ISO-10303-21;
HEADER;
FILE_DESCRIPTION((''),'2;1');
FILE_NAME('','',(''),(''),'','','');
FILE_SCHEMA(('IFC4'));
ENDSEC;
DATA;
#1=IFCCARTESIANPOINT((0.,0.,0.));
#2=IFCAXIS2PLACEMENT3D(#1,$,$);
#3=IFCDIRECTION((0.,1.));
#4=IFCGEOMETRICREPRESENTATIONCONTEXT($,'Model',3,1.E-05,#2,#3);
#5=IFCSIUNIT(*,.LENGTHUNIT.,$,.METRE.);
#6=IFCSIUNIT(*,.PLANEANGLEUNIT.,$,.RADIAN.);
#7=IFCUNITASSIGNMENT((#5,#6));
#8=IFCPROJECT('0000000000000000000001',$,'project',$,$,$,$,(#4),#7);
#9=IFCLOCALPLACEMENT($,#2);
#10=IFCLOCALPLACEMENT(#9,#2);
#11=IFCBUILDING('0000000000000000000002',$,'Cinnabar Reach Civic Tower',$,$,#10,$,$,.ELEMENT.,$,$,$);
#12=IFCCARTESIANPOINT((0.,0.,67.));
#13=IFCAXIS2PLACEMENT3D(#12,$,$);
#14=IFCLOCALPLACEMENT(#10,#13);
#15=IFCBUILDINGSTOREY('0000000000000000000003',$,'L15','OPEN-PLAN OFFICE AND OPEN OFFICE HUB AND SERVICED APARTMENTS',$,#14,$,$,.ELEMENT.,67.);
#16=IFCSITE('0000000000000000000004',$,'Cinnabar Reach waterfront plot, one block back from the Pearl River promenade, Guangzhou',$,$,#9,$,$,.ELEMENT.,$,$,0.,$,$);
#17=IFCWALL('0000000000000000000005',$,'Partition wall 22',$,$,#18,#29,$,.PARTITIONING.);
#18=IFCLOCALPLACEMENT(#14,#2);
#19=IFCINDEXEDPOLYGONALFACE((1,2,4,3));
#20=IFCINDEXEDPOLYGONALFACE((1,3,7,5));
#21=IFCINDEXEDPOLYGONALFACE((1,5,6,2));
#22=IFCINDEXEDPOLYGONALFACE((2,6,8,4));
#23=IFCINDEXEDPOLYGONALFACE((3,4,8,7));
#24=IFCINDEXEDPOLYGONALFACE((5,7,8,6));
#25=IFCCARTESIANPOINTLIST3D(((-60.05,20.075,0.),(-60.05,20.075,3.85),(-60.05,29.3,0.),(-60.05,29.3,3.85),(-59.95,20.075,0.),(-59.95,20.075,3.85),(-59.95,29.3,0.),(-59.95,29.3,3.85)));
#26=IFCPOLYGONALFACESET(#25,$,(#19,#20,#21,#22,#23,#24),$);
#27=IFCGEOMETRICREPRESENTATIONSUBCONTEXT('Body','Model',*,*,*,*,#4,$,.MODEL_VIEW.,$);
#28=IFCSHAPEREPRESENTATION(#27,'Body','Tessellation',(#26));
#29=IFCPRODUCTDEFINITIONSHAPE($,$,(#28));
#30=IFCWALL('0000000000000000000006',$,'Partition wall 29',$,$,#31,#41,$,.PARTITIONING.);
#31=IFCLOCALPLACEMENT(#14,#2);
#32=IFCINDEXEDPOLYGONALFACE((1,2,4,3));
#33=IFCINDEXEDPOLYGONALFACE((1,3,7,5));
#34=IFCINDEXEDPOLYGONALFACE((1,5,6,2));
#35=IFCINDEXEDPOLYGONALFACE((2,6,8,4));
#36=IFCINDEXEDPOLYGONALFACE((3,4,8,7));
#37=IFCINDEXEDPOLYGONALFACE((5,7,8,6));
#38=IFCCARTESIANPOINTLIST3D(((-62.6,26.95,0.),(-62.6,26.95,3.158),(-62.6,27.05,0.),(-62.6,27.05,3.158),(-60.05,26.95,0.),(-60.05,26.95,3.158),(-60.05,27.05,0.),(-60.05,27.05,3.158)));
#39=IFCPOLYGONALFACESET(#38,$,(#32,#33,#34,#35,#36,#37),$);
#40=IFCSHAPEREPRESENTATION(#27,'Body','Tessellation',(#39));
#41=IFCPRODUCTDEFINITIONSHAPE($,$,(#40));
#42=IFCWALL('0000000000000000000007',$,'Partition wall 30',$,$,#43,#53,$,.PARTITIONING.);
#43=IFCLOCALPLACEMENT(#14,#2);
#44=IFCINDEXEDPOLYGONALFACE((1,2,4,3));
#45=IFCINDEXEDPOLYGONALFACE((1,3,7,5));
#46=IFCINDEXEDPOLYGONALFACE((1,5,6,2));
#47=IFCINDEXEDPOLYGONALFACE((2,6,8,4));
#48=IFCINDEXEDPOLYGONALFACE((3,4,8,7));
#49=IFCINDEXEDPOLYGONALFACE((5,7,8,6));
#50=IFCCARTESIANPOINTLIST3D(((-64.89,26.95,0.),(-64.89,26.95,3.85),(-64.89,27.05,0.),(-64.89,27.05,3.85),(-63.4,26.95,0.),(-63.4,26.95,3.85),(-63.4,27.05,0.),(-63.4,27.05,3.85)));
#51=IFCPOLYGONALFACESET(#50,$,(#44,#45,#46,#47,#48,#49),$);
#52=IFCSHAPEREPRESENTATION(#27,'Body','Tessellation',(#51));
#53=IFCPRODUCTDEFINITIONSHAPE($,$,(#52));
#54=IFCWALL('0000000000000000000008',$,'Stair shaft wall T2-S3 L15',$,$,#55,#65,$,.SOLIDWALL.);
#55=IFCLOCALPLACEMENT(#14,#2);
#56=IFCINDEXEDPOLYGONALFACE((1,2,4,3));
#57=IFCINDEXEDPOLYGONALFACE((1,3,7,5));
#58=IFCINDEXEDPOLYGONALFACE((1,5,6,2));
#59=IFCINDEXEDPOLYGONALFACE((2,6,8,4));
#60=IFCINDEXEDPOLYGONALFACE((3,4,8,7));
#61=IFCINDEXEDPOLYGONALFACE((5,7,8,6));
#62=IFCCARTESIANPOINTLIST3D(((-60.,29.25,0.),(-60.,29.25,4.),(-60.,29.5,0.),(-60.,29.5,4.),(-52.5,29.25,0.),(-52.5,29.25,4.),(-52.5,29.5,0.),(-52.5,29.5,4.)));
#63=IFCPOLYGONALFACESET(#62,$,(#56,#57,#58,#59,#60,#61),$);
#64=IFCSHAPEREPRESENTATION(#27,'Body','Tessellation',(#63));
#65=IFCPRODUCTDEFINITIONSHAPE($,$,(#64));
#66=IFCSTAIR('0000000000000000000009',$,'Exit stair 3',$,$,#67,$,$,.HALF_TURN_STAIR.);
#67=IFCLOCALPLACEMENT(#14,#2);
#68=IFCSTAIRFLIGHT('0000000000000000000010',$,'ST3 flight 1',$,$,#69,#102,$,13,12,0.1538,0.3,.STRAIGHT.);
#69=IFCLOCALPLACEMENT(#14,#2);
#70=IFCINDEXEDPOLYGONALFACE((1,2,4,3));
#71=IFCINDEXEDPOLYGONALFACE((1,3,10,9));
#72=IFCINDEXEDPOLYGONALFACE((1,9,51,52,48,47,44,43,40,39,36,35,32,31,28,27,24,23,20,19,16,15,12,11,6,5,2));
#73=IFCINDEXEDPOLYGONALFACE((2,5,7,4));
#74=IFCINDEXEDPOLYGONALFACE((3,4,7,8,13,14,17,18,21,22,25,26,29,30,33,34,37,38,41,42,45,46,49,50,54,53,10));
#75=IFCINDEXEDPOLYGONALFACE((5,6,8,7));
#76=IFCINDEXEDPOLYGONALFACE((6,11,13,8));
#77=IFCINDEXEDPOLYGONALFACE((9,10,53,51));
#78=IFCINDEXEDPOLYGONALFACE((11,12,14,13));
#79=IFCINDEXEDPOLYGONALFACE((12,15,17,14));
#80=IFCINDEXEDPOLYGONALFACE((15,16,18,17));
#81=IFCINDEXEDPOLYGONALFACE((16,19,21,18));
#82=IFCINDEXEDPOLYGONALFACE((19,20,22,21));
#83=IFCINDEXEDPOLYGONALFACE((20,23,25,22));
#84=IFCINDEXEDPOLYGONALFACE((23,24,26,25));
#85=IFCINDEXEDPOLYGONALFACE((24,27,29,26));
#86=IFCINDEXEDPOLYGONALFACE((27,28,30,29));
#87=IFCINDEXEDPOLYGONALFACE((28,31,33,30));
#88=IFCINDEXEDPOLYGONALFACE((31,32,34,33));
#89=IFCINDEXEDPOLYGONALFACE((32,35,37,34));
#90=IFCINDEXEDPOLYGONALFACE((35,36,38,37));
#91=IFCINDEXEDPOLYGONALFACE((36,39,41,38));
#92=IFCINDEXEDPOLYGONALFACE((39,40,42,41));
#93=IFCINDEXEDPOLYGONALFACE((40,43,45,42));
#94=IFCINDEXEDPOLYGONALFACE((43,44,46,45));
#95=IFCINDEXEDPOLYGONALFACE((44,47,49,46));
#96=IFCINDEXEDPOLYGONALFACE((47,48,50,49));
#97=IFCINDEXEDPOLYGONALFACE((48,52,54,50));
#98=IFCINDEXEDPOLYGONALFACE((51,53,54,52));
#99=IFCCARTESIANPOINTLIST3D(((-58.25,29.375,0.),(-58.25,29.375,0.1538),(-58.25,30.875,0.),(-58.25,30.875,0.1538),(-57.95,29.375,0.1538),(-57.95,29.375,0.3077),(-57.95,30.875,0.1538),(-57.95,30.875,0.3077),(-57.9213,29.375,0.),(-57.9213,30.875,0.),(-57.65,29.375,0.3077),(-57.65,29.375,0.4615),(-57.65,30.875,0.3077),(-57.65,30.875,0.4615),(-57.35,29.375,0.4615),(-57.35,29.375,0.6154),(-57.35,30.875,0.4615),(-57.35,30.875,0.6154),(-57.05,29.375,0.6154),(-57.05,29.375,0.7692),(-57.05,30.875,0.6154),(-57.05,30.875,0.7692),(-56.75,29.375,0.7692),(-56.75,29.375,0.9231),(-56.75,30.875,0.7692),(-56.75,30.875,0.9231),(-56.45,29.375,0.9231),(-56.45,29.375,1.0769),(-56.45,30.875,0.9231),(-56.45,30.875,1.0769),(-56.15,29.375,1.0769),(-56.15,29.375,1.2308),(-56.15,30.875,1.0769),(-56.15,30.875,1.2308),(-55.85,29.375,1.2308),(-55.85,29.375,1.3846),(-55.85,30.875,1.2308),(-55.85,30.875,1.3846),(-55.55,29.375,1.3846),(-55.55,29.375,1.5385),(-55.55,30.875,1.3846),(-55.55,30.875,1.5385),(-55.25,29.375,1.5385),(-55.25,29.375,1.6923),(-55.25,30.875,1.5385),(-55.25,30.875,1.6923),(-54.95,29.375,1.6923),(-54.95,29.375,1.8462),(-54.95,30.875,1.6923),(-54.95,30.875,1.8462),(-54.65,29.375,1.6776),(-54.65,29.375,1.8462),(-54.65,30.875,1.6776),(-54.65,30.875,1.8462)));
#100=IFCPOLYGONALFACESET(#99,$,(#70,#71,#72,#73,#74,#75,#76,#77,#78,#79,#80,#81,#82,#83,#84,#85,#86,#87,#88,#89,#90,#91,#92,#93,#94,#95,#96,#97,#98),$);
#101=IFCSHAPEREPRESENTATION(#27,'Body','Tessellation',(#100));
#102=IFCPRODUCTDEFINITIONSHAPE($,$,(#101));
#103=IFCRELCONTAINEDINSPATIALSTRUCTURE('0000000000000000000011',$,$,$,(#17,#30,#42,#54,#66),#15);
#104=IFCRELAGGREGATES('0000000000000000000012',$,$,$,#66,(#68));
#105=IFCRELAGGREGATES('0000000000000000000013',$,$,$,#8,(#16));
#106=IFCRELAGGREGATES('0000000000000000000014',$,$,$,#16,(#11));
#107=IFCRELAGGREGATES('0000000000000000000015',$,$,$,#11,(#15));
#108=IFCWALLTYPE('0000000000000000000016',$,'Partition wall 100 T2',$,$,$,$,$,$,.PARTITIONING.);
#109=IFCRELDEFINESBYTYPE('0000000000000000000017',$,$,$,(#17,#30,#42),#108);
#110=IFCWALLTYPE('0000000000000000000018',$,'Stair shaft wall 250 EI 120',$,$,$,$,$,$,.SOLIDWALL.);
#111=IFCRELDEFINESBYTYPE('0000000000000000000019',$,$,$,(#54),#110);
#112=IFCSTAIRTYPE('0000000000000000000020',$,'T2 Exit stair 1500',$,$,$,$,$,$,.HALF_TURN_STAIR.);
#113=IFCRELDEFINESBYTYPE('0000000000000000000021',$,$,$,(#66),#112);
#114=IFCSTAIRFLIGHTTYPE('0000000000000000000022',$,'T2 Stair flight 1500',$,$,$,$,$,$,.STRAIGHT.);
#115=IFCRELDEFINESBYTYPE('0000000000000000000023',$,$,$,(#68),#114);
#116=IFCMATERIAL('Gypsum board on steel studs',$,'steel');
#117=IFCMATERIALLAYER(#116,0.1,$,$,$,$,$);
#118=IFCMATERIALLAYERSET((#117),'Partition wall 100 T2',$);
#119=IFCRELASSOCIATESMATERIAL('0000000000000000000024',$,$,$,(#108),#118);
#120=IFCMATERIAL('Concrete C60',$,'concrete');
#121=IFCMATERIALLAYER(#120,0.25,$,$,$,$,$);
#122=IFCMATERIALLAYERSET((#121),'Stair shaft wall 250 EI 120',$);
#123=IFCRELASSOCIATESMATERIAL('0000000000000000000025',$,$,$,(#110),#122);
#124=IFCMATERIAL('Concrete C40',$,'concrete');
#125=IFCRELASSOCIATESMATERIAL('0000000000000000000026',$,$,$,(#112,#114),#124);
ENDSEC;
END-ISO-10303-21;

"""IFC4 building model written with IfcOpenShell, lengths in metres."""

from ifc_helpers import new_model, si_unit, direction, frame, frame_2d, origin, place, context, subcontext, project, spatial, polyline, rectangle, outline, extrude, material, layer, layer_set, type_object, element, aggregate, save


model = new_model("IFC4")

# Units and contexts
model_context = context("Model", 3, precision=1e-05, world=origin(), true_north=direction((0.0, 1.0)))
body_context = subcontext(model_context, "Body", "Model", "MODEL_VIEW")
ifc_project = project(units=[si_unit("LENGTHUNIT", "METRE"), si_unit("PLANEANGLEUNIT", "RADIAN")], contexts=[model_context])

# Site, building, storey
site_placement = place(None, origin())
site = spatial("IfcSite", under=ifc_project, at=site_placement, Name="Cinnabar Reach waterfront plot, one block back from the Pearl River promenade, Guangzhou", CompositionType="ELEMENT", RefElevation=0.0)
building_placement = place(site_placement, origin())
building = spatial("IfcBuilding", under=site, at=building_placement, Name="Cinnabar Reach Civic Tower", CompositionType="ELEMENT")
storey_placement = place(building_placement, frame((0.0, 0.0, 67.0)))
storey = spatial("IfcBuildingStorey", under=building, at=storey_placement, Name="L15", Description="OPEN-PLAN OFFICE AND OPEN OFFICE HUB AND SERVICED APARTMENTS", CompositionType="ELEMENT", Elevation=67.0)

# Shared definitions
ifc_material_1 = material(Name="Concrete C60", Category="concrete")

# Walls
ifc_material_2 = material(Name="Gypsum board on steel studs", Category="steel")
ifc_layer_1 = layer(ifc_material_2, 0.1)
ifc_layer_set_1 = layer_set([ifc_layer_1], Name="Partition wall 100 T2")
wall_type_1 = type_object("IfcWallType", Name="Partition wall 100 T2", PredefinedType="PARTITIONING", material=ifc_layer_set_1)
wall_1_placement = place(storey_placement, frame((-60.0, 20.075, 0.0), z_axis=(0.0, 0.0, 1.0), x_axis=(0.0, 1.0, 0.0)))
element("IfcWall", 1, at=wall_1_placement, inside=storey, type_object=wall_type_1, Name="Partition wall 22", PredefinedType="PARTITIONING", context=body_context, shape_type="SweptSolid", body=[
    extrude(rectangle(XDim=9.225, YDim=0.1, at=frame_2d((4.6125, 0.0))), origin(), (0.0, 0.0, 1.0), 3.85),
])
wall_2_placement = place(storey_placement, frame((-62.6, 27.0, 0.0), z_axis=(0.0, 0.0, 1.0), x_axis=(1.0, 0.0, 0.0)))
element("IfcWall", 2, at=wall_2_placement, inside=storey, type_object=wall_type_1, Name="Partition wall 29", PredefinedType="PARTITIONING", context=body_context, shape_type="SweptSolid", body=[
    extrude(rectangle(XDim=2.55, YDim=0.1, at=frame_2d((1.275, 0.0))), origin(), (0.0, 0.0, 1.0), 3.158),
])
wall_3_placement = place(storey_placement, frame((-64.89, 27.0, 0.0), z_axis=(0.0, 0.0, 1.0), x_axis=(1.0, 0.0, 0.0)))
element("IfcWall", 3, at=wall_3_placement, inside=storey, type_object=wall_type_1, Name="Partition wall 30", PredefinedType="PARTITIONING", context=body_context, shape_type="SweptSolid", body=[
    extrude(rectangle(XDim=1.49, YDim=0.1, at=frame_2d((0.745, 0.0))), origin(), (0.0, 0.0, 1.0), 3.85),
])
ifc_layer_2 = layer(ifc_material_1, 0.25)
ifc_layer_set_2 = layer_set([ifc_layer_2], Name="Stair shaft wall 250 EI 120")
wall_type_2 = type_object("IfcWallType", Name="Stair shaft wall 250 EI 120", PredefinedType="SOLIDWALL", material=ifc_layer_set_2)
wall_4_placement = place(storey_placement, frame((-60.0, 29.375, 0.0), z_axis=(0.0, 0.0, 1.0), x_axis=(1.0, 0.0, 0.0)))
element("IfcWall", 4, at=wall_4_placement, inside=storey, type_object=wall_type_2, Name="Stair shaft wall T2-S3 L15", PredefinedType="SOLIDWALL", context=body_context, shape_type="SweptSolid", body=[
    extrude(rectangle(XDim=7.5, YDim=0.25, at=frame_2d((3.75, 0.0))), origin(), (0.0, 0.0, 1.0), 4.0),
])

# Stair, stair flight
ifc_material_3 = material(Name="Concrete C40", Category="concrete")
stair_type = type_object("IfcStairType", Name="T2 Exit stair 1500", PredefinedType="HALF_TURN_STAIR", material=ifc_material_3)
stair_placement = place(storey_placement, origin())
stair = element("IfcStair", 5, at=stair_placement, inside=storey, type_object=stair_type, Name="Exit stair 3", PredefinedType="HALF_TURN_STAIR")
stair_flight_type = type_object("IfcStairFlightType", Name="T2 Stair flight 1500", PredefinedType="STRAIGHT", material=ifc_material_3)
stair_flight_placement = place(storey_placement, frame((-58.25, 30.125, 0.0), z_axis=(0.0, 0.0, 1.0), x_axis=(1.0, 0.0, 0.0)))
stair_flight = element("IfcStairFlight", 6, at=stair_flight_placement, type_object=stair_flight_type, Name="ST3 flight 1", NumberOfRisers=13, NumberOfTreads=12, PredefinedType="STRAIGHT", RiserHeight=0.1538, TreadLength=0.3, context=body_context, shape_type="SweptSolid", body=[
    extrude(outline(polyline([(0.0, 0.0), (0.0, 0.1538), (0.3, 0.1538), (0.3, 0.3077), (0.6, 0.3077), (0.6, 0.4615), (0.9, 0.4615), (0.9, 0.6154), (1.2, 0.6154), (1.2, 0.7692), (1.5, 0.7692), (1.5, 0.9231), (1.8, 0.9231), (1.8, 1.0769), (2.1, 1.0769), (2.1, 1.2308), (2.4, 1.2308), (2.4, 1.3846), (2.7, 1.3846), (2.7, 1.5385), (3.0, 1.5385), (3.0, 1.6923), (3.3, 1.6923), (3.3, 1.8462), (3.6, 1.8462), (3.6, 2.0), (3.6, 1.6776), (0.3287, 0.0), (0.0, 0.0)])), frame((0.0, 0.75, 0.0), z_axis=(0.0, -1.0, 0.0), x_axis=(1.0, 0.0, 0.0)), (0.0, 0.0, 1.0), 1.5),
])
aggregate(stair, [stair_flight])

save(model, "model.ifc")
